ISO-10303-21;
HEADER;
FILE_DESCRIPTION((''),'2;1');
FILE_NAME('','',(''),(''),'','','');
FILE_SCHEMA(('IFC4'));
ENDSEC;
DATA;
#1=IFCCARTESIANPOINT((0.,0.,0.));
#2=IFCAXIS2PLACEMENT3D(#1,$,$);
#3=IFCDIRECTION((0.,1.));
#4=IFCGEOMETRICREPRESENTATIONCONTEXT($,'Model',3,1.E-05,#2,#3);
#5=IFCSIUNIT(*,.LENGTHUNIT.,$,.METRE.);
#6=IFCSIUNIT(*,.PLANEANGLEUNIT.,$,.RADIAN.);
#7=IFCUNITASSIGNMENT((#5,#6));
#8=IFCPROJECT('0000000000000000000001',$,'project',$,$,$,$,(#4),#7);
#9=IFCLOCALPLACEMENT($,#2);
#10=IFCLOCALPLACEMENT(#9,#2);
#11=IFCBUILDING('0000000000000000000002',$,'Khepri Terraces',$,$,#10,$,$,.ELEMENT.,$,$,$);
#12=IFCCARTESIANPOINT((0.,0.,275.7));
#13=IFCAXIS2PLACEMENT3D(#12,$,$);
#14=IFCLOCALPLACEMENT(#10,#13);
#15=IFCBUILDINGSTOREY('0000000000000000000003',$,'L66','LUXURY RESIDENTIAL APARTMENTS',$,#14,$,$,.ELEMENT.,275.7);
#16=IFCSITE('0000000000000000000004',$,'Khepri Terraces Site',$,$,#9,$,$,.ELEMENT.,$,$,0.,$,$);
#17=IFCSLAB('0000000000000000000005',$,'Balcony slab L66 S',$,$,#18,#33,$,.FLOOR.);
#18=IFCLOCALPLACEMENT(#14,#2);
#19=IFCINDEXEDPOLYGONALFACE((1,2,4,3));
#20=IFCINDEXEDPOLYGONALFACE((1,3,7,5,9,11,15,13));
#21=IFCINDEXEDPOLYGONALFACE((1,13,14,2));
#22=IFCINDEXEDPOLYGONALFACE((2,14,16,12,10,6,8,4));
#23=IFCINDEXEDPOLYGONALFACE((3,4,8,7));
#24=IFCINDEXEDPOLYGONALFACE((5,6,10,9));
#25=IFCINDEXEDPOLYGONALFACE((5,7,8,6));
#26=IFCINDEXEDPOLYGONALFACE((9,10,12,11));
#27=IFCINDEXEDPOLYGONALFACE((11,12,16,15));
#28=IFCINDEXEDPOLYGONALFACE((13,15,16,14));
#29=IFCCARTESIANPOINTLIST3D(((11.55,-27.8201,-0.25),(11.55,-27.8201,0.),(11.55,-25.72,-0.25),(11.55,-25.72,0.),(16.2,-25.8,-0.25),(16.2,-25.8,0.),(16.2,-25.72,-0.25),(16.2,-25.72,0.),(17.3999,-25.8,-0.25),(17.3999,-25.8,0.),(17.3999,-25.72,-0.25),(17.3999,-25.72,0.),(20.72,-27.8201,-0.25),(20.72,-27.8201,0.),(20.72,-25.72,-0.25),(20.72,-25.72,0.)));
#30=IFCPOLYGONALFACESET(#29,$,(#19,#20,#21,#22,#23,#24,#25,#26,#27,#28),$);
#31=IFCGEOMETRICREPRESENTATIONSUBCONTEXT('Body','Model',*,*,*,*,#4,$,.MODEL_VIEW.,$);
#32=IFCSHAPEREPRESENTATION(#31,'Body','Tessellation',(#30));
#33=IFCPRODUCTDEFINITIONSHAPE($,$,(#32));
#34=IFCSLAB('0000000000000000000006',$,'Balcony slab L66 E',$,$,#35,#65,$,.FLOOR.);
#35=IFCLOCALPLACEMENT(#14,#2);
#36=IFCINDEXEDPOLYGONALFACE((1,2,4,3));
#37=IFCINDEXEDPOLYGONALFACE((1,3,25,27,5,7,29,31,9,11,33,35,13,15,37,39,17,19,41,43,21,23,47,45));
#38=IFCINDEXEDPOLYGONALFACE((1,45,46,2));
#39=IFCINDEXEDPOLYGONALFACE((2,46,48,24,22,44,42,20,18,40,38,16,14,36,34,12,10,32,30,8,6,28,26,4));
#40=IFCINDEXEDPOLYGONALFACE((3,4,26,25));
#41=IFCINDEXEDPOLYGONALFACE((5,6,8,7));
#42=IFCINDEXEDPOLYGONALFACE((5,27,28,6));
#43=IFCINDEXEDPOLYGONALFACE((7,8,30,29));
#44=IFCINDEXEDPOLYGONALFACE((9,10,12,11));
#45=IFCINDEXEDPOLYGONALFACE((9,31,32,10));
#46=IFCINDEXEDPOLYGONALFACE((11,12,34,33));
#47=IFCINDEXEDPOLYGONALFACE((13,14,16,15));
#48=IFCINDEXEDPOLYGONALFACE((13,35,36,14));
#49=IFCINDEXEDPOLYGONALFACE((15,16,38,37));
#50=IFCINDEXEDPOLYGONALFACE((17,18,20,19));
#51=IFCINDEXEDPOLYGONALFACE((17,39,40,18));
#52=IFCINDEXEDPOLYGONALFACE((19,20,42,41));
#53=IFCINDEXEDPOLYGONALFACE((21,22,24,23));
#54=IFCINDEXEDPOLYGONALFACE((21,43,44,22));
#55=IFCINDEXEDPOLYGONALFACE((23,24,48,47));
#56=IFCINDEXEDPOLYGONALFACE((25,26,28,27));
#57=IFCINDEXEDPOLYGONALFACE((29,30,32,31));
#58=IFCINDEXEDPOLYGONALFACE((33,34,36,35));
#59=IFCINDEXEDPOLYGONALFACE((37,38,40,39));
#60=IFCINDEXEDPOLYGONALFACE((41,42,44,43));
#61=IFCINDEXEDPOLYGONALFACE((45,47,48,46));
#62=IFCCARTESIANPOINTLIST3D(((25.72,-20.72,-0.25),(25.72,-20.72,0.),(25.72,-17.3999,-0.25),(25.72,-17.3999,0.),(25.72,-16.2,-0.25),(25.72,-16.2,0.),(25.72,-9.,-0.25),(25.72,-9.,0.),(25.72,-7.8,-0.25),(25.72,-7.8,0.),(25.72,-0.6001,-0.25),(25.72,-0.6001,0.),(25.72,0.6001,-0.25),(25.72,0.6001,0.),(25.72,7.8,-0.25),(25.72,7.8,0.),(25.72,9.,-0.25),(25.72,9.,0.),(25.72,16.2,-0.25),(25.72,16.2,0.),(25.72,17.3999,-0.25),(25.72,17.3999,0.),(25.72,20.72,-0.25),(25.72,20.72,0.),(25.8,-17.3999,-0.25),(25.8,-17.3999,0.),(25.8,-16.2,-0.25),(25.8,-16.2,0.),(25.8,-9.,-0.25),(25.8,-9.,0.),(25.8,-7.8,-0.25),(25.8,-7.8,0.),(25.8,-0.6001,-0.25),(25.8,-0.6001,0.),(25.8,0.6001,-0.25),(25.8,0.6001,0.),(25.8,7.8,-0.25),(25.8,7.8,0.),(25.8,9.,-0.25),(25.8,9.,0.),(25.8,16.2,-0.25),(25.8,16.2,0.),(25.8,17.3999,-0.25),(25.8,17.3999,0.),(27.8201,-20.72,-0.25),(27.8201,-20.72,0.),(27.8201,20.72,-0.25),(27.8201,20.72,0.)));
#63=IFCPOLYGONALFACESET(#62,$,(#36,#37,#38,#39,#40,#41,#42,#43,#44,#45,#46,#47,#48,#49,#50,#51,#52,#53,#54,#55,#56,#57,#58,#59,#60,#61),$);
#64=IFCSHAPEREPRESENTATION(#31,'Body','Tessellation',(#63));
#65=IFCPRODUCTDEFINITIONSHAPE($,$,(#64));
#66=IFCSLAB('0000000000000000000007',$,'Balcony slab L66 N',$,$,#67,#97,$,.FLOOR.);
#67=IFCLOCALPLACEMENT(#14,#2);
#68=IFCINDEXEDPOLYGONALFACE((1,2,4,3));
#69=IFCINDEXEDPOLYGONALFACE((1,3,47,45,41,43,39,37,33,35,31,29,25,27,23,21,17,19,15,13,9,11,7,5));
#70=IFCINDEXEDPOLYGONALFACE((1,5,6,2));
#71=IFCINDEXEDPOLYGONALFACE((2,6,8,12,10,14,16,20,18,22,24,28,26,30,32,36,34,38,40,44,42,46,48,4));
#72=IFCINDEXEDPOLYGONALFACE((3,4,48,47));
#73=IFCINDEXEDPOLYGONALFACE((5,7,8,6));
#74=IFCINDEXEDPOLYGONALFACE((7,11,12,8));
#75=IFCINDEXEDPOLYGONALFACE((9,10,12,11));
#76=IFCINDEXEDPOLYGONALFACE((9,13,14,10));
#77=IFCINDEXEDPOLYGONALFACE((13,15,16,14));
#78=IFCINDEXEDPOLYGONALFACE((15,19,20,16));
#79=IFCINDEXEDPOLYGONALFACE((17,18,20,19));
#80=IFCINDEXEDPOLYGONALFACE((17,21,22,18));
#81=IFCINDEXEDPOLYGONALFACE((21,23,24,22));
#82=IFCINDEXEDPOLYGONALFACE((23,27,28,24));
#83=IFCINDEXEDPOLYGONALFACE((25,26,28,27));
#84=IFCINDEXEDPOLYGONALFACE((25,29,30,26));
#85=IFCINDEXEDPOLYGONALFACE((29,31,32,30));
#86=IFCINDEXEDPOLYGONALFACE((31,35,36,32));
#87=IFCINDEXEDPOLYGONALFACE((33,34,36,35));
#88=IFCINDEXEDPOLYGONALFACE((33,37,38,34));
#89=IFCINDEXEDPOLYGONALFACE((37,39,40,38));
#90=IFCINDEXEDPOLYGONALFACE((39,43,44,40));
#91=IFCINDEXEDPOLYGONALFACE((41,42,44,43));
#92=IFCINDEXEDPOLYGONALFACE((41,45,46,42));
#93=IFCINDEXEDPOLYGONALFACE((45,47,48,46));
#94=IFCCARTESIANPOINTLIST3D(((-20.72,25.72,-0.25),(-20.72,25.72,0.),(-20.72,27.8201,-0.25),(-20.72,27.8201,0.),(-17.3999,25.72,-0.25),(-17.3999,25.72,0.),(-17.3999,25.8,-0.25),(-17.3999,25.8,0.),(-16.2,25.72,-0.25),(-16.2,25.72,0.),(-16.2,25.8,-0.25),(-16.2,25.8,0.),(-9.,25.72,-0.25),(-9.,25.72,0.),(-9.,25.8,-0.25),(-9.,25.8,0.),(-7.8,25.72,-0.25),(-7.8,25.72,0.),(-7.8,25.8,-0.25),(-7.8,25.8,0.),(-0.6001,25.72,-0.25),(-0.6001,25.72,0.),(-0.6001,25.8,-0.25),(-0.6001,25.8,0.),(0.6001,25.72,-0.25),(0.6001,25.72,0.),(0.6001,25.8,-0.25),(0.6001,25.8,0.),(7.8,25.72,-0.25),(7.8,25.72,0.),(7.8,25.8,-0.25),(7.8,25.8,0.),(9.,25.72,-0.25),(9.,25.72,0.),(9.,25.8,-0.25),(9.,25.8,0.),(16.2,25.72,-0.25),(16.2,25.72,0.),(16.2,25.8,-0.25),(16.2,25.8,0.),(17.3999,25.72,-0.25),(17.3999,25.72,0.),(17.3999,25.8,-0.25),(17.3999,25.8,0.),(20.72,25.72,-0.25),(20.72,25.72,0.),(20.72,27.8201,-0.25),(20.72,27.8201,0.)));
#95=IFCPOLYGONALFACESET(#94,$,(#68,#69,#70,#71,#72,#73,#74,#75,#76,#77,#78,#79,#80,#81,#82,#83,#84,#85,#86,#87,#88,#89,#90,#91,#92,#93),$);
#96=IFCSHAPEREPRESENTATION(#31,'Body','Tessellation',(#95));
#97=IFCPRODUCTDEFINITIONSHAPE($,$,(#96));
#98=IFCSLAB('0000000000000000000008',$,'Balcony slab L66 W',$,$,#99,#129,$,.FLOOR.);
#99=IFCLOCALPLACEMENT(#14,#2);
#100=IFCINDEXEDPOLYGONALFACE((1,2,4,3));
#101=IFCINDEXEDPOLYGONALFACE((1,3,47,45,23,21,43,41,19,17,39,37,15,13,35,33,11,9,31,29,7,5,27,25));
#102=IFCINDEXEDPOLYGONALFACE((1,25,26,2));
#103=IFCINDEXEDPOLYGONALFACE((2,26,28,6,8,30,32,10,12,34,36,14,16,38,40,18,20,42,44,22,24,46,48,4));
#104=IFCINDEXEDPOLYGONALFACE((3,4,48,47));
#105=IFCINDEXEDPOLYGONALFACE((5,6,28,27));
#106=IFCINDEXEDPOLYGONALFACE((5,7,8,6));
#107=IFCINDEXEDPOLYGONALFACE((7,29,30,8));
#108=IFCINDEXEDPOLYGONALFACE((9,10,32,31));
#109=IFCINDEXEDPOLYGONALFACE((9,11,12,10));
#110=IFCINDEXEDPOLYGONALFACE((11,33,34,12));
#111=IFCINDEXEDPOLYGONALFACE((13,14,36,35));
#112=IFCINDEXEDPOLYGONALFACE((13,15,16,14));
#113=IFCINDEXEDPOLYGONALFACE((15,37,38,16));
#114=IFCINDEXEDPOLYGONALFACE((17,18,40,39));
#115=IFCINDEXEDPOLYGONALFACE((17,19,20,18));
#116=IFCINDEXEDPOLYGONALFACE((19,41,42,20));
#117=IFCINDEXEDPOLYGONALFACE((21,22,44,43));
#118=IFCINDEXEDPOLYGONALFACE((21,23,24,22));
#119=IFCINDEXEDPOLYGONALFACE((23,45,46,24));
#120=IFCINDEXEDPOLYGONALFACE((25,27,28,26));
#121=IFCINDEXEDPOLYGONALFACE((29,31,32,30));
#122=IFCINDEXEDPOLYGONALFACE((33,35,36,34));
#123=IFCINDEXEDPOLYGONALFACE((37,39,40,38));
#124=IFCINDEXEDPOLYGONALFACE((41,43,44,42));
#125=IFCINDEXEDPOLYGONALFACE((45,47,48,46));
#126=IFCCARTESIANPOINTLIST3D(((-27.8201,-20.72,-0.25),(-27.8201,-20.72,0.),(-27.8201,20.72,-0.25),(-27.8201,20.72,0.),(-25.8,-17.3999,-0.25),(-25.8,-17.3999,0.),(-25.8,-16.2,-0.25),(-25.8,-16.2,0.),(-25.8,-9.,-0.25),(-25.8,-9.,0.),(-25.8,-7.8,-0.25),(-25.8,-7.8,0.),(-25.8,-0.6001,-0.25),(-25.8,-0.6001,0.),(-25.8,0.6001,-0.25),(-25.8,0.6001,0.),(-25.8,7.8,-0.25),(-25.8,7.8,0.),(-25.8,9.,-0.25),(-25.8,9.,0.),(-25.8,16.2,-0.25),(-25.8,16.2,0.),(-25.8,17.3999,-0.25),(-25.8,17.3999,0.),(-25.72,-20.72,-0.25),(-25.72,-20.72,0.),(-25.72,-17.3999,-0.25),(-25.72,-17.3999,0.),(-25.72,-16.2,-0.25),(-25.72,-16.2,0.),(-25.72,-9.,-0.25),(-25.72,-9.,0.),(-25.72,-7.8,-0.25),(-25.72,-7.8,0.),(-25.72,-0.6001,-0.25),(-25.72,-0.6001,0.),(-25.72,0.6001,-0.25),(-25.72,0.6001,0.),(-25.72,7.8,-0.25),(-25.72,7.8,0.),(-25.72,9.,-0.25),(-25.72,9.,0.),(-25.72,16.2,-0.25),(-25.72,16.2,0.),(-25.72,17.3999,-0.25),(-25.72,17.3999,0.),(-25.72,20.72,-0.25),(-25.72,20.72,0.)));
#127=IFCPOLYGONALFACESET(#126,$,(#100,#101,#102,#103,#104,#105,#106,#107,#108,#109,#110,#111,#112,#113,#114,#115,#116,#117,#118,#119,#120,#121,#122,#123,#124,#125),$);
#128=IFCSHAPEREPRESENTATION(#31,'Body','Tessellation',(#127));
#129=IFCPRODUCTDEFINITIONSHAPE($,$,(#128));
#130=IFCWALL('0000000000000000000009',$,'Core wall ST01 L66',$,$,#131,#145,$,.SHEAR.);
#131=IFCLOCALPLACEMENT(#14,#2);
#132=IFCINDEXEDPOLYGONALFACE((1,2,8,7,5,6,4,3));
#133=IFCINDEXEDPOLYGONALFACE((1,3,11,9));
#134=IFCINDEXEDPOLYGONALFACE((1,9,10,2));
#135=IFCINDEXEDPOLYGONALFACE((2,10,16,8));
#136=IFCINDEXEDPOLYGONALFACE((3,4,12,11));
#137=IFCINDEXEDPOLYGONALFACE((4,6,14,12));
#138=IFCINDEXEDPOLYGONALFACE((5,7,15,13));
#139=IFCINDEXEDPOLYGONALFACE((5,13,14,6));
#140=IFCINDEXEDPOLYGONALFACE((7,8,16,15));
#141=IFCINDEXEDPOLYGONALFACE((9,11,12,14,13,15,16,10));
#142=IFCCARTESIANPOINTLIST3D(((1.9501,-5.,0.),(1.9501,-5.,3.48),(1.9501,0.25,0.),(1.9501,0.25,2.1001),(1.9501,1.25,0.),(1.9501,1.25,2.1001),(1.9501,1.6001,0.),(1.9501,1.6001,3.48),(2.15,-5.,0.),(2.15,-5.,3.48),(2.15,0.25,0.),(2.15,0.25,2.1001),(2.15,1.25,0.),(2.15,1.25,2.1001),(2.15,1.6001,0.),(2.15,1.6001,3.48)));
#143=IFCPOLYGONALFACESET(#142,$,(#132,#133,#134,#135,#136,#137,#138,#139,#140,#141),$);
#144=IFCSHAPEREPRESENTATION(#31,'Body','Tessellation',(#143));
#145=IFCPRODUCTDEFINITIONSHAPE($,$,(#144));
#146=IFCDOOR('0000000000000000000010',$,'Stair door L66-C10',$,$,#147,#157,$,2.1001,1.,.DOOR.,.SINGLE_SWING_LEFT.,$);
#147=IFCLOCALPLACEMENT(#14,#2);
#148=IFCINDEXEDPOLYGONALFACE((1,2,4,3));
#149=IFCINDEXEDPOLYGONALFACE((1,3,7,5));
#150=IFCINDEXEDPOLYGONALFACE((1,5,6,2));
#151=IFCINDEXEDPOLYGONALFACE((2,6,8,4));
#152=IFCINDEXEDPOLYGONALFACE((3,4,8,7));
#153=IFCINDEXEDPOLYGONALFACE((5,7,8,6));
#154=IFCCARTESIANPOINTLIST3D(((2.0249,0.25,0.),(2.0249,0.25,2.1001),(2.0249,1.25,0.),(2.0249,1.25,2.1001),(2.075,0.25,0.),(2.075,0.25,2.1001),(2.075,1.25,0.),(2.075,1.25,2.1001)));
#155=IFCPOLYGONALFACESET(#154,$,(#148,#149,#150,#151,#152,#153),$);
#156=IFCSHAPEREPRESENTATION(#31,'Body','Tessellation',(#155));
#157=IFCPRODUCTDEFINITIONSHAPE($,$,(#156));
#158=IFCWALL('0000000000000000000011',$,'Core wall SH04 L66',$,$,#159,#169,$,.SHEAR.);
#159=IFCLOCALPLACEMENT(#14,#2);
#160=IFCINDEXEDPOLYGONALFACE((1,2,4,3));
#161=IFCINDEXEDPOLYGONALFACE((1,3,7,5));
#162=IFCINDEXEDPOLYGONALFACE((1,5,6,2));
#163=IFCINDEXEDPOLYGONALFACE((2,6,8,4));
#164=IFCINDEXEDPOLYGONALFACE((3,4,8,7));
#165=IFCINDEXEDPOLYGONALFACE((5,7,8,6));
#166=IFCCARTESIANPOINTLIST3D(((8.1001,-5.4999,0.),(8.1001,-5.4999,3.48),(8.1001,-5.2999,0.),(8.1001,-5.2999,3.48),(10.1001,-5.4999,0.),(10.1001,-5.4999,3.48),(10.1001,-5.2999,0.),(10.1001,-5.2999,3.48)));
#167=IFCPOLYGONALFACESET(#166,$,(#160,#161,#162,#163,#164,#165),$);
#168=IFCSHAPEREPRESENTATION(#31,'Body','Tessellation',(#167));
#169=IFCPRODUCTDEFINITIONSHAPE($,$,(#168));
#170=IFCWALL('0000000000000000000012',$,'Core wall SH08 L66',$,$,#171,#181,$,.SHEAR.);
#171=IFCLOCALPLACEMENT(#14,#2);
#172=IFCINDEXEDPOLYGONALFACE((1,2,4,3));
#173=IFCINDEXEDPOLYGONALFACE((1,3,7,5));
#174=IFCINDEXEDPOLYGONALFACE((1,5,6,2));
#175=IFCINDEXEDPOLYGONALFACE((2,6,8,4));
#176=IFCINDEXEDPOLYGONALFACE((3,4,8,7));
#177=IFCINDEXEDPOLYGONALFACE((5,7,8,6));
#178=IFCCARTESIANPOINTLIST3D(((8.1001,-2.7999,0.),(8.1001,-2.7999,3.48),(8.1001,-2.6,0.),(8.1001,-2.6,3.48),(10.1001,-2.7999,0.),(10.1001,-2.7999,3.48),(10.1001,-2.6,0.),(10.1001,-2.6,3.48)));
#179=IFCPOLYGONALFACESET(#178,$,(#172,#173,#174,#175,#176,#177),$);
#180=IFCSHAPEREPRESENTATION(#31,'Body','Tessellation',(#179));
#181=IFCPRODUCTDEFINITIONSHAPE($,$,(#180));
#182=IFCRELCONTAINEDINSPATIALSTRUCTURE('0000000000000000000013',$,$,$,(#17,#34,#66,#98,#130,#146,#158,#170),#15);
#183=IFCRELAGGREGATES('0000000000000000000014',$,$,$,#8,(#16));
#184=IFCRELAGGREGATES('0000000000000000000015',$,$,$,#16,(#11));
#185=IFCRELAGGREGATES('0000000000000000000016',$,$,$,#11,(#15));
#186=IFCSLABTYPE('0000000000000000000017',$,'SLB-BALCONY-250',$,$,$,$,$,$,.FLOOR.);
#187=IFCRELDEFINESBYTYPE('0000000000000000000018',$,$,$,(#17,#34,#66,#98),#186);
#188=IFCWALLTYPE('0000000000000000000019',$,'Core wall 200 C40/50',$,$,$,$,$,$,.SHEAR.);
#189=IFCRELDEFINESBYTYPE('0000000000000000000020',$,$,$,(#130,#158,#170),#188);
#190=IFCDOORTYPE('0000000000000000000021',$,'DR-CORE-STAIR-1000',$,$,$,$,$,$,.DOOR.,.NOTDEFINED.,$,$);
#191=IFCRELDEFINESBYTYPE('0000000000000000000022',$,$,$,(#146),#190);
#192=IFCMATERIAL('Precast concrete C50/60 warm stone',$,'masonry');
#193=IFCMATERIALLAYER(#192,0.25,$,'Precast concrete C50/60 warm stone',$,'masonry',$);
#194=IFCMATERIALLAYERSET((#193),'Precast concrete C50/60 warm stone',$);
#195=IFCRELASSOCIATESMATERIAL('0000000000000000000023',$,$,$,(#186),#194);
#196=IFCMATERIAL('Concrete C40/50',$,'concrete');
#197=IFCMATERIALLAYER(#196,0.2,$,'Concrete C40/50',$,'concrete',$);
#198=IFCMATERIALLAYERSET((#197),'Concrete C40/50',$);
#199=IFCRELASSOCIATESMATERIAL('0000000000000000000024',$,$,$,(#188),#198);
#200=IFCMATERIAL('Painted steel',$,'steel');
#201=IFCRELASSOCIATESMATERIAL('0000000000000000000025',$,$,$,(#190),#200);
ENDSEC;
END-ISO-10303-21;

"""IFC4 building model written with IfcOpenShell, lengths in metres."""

from ifc_helpers import new_model, si_unit, direction, frame, frame_2d, origin, place, context, subcontext, project, spatial, polyline, rectangle, outline, extrude, material, layer, layer_set, type_object, element, fill, save


model = new_model("IFC4")

# Units and contexts
model_context = context("Model", 3, precision=1e-05, world=origin(), true_north=direction((0.0, 1.0)))
body_context = subcontext(model_context, "Body", "Model", "MODEL_VIEW")
ifc_project = project(units=[si_unit("LENGTHUNIT", "METRE"), si_unit("PLANEANGLEUNIT", "RADIAN")], contexts=[model_context])

# Site, building, storey
site_placement = place(None, origin())
site = spatial("IfcSite", under=ifc_project, at=site_placement, Name="Khepri Terraces Site", CompositionType="ELEMENT", RefElevation=0.0)
building_placement = place(site_placement, origin())
building = spatial("IfcBuilding", under=site, at=building_placement, Name="Khepri Terraces", CompositionType="ELEMENT")
storey_placement = place(building_placement, frame((0.0, 0.0, 275.7)))
storey = spatial("IfcBuildingStorey", under=building, at=storey_placement, Name="L66", Description="LUXURY RESIDENTIAL APARTMENTS", CompositionType="ELEMENT", Elevation=275.7)

# Slabs
ifc_material_1 = material(Name="Precast concrete C50/60 warm stone", Category="masonry")
ifc_layer_1 = layer(ifc_material_1, 0.25, Name="Precast concrete C50/60 warm stone", Category="masonry")
ifc_layer_set_1 = layer_set([ifc_layer_1], Name="Precast concrete C50/60 warm stone")
slab_type = type_object("IfcSlabType", Name="SLB-BALCONY-250", PredefinedType="FLOOR", material=ifc_layer_set_1)
slab_1_placement = place(storey_placement, frame((0.0, 0.0, -0.25)))
element("IfcSlab", 1, at=slab_1_placement, inside=storey, type_object=slab_type, Name="Balcony slab L66 S", PredefinedType="FLOOR", context=body_context, shape_type="SweptSolid", body=[
    extrude(outline(polyline([(16.2, -25.72), (11.55, -25.72), (11.55, -27.8201), (20.72, -27.8201), (20.72, -25.72), (17.3999, -25.72), (17.3999, -25.8), (16.2, -25.8), (16.2, -25.72)])), origin(), (0.0, 0.0, 1.0), 0.25),
])
slab_2_placement = place(storey_placement, frame((0.0, 0.0, -0.25)))
element("IfcSlab", 2, at=slab_2_placement, inside=storey, type_object=slab_type, Name="Balcony slab L66 E", PredefinedType="FLOOR", context=body_context, shape_type="SweptSolid", body=[
    extrude(outline(polyline([(25.72, -17.3999), (25.72, -20.72), (27.8201, -20.72), (27.8201, 20.72), (25.72, 20.72), (25.72, 17.3999), (25.8, 17.3999), (25.8, 16.2), (25.72, 16.2), (25.72, 9.0), (25.8, 9.0), (25.8, 7.8), (25.72, 7.8), (25.72, 0.6001), (25.8, 0.6001), (25.8, -0.6001), (25.72, -0.6001), (25.72, -7.8), (25.8, -7.8), (25.8, -9.0), (25.72, -9.0), (25.72, -16.2), (25.8, -16.2), (25.8, -17.3999), (25.72, -17.3999)])), origin(), (0.0, 0.0, 1.0), 0.25),
])
slab_3_placement = place(storey_placement, frame((0.0, 0.0, -0.25)))
element("IfcSlab", 3, at=slab_3_placement, inside=storey, type_object=slab_type, Name="Balcony slab L66 N", PredefinedType="FLOOR", context=body_context, shape_type="SweptSolid", body=[
    extrude(outline(polyline([(17.3999, 25.72), (20.72, 25.72), (20.72, 27.8201), (-20.72, 27.8201), (-20.72, 25.72), (-17.3999, 25.72), (-17.3999, 25.8), (-16.2, 25.8), (-16.2, 25.72), (-9.0, 25.72), (-9.0, 25.8), (-7.8, 25.8), (-7.8, 25.72), (-0.6001, 25.72), (-0.6001, 25.8), (0.6001, 25.8), (0.6001, 25.72), (7.8, 25.72), (7.8, 25.8), (9.0, 25.8), (9.0, 25.72), (16.2, 25.72), (16.2, 25.8), (17.3999, 25.8), (17.3999, 25.72)])), origin(), (0.0, 0.0, 1.0), 0.25),
])
slab_4_placement = place(storey_placement, frame((0.0, 0.0, -0.25)))
element("IfcSlab", 4, at=slab_4_placement, inside=storey, type_object=slab_type, Name="Balcony slab L66 W", PredefinedType="FLOOR", context=body_context, shape_type="SweptSolid", body=[
    extrude(outline(polyline([(-25.72, 17.3999), (-25.72, 20.72), (-27.8201, 20.72), (-27.8201, -20.72), (-25.72, -20.72), (-25.72, -17.3999), (-25.8, -17.3999), (-25.8, -16.2), (-25.72, -16.2), (-25.72, -9.0), (-25.8, -9.0), (-25.8, -7.8), (-25.72, -7.8), (-25.72, -0.6001), (-25.8, -0.6001), (-25.8, 0.6001), (-25.72, 0.6001), (-25.72, 7.8), (-25.8, 7.8), (-25.8, 9.0), (-25.72, 9.0), (-25.72, 16.2), (-25.8, 16.2), (-25.8, 17.3999), (-25.72, 17.3999)])), origin(), (0.0, 0.0, 1.0), 0.25),
])

# Wall, opening, door
ifc_material_2 = material(Name="Concrete C40/50", Category="concrete")
ifc_layer_2 = layer(ifc_material_2, 0.2, Name="Concrete C40/50", Category="concrete")
ifc_layer_set_2 = layer_set([ifc_layer_2], Name="Concrete C40/50")
wall_type_1 = type_object("IfcWallType", Name="Core wall 200 C40/50", PredefinedType="SHEAR", material=ifc_layer_set_2)
wall_1_placement = place(storey_placement, frame((2.05, -5.0, 0.0), z_axis=(0.0, 0.0, 1.0), x_axis=(0.0, 1.0, 0.0)))
wall_1 = element("IfcWall", 5, at=wall_1_placement, inside=storey, type_object=wall_type_1, Name="Core wall ST01 L66", PredefinedType="SHEAR", context=body_context, shape_type="SweptSolid", body=[
    extrude(rectangle(XDim=6.6001, YDim=0.2, at=frame_2d((3.3, 0.0))), origin(), (0.0, 0.0, 1.0), 3.48),
])
opening_1_placement = place(wall_1_placement, frame((5.25, 0.0, 0.0)))
opening_1 = element("IfcOpeningElement", 6, at=opening_1_placement, cuts=wall_1, PredefinedType="OPENING", context=body_context, shape_type="SweptSolid", body=[
    extrude(rectangle(XDim=1.0, YDim=2.1001, at=frame_2d((0.5, 1.05))), frame((0.0, 0.1099, 0.0), z_axis=(0.0, -1.0, 0.0), x_axis=(1.0, 0.0, 0.0)), (0.0, 0.0, 1.0), 0.22),
])
ifc_material_3 = material(Name="Painted steel", Category="steel")
door_type_1 = type_object("IfcDoorType", Name="DR-CORE-STAIR-1000", OperationType="NOTDEFINED", PredefinedType="DOOR", material=ifc_material_3)
door_1_placement = place(opening_1_placement, frame((1.0, 0.0, 0.0), z_axis=(0.0, 0.0, 1.0), x_axis=(-1.0, 0.0, 0.0)))
door_1 = element("IfcDoor", 7, at=door_1_placement, inside=storey, type_object=door_type_1, Name="Stair door L66-C10", OperationType="SINGLE_SWING_LEFT", OverallHeight=2.1001, OverallWidth=1.0, PredefinedType="DOOR", context=body_context, shape_type="SweptSolid", body=[
    extrude(rectangle(XDim=1.0, YDim=2.1001, at=frame_2d((0.5, 1.05))), frame((0.0, 0.0249, 0.0), z_axis=(0.0, -1.0, 0.0), x_axis=(1.0, 0.0, 0.0)), (0.0, 0.0, 1.0), 0.05),
])
fill(opening_1, door_1)

# Walls
for number, where, z_axis, x_axis, name in (
    (8, (8.1001, -5.3999, 0.0), (0.0, 0.0, 1.0), (1.0, 0.0, 0.0), "Core wall SH04 L66"),
    (9, (8.1001, -2.7, 0.0), (0.0, 0.0, 1.0), (1.0, 0.0, 0.0), "Core wall SH08 L66"),
):
    element("IfcWall", number, at=place(storey_placement, frame(where, z_axis=z_axis, x_axis=x_axis)), inside=storey, type_object=wall_type_1, Name=name, PredefinedType="SHEAR", context=body_context, shape_type="SweptSolid", body=[
        extrude(rectangle(XDim=2.0, YDim=0.2, at=frame_2d((1.0, 0.0))), origin(), (0.0, 0.0, 1.0), 3.48),
    ])

save(model, "model.ifc")
